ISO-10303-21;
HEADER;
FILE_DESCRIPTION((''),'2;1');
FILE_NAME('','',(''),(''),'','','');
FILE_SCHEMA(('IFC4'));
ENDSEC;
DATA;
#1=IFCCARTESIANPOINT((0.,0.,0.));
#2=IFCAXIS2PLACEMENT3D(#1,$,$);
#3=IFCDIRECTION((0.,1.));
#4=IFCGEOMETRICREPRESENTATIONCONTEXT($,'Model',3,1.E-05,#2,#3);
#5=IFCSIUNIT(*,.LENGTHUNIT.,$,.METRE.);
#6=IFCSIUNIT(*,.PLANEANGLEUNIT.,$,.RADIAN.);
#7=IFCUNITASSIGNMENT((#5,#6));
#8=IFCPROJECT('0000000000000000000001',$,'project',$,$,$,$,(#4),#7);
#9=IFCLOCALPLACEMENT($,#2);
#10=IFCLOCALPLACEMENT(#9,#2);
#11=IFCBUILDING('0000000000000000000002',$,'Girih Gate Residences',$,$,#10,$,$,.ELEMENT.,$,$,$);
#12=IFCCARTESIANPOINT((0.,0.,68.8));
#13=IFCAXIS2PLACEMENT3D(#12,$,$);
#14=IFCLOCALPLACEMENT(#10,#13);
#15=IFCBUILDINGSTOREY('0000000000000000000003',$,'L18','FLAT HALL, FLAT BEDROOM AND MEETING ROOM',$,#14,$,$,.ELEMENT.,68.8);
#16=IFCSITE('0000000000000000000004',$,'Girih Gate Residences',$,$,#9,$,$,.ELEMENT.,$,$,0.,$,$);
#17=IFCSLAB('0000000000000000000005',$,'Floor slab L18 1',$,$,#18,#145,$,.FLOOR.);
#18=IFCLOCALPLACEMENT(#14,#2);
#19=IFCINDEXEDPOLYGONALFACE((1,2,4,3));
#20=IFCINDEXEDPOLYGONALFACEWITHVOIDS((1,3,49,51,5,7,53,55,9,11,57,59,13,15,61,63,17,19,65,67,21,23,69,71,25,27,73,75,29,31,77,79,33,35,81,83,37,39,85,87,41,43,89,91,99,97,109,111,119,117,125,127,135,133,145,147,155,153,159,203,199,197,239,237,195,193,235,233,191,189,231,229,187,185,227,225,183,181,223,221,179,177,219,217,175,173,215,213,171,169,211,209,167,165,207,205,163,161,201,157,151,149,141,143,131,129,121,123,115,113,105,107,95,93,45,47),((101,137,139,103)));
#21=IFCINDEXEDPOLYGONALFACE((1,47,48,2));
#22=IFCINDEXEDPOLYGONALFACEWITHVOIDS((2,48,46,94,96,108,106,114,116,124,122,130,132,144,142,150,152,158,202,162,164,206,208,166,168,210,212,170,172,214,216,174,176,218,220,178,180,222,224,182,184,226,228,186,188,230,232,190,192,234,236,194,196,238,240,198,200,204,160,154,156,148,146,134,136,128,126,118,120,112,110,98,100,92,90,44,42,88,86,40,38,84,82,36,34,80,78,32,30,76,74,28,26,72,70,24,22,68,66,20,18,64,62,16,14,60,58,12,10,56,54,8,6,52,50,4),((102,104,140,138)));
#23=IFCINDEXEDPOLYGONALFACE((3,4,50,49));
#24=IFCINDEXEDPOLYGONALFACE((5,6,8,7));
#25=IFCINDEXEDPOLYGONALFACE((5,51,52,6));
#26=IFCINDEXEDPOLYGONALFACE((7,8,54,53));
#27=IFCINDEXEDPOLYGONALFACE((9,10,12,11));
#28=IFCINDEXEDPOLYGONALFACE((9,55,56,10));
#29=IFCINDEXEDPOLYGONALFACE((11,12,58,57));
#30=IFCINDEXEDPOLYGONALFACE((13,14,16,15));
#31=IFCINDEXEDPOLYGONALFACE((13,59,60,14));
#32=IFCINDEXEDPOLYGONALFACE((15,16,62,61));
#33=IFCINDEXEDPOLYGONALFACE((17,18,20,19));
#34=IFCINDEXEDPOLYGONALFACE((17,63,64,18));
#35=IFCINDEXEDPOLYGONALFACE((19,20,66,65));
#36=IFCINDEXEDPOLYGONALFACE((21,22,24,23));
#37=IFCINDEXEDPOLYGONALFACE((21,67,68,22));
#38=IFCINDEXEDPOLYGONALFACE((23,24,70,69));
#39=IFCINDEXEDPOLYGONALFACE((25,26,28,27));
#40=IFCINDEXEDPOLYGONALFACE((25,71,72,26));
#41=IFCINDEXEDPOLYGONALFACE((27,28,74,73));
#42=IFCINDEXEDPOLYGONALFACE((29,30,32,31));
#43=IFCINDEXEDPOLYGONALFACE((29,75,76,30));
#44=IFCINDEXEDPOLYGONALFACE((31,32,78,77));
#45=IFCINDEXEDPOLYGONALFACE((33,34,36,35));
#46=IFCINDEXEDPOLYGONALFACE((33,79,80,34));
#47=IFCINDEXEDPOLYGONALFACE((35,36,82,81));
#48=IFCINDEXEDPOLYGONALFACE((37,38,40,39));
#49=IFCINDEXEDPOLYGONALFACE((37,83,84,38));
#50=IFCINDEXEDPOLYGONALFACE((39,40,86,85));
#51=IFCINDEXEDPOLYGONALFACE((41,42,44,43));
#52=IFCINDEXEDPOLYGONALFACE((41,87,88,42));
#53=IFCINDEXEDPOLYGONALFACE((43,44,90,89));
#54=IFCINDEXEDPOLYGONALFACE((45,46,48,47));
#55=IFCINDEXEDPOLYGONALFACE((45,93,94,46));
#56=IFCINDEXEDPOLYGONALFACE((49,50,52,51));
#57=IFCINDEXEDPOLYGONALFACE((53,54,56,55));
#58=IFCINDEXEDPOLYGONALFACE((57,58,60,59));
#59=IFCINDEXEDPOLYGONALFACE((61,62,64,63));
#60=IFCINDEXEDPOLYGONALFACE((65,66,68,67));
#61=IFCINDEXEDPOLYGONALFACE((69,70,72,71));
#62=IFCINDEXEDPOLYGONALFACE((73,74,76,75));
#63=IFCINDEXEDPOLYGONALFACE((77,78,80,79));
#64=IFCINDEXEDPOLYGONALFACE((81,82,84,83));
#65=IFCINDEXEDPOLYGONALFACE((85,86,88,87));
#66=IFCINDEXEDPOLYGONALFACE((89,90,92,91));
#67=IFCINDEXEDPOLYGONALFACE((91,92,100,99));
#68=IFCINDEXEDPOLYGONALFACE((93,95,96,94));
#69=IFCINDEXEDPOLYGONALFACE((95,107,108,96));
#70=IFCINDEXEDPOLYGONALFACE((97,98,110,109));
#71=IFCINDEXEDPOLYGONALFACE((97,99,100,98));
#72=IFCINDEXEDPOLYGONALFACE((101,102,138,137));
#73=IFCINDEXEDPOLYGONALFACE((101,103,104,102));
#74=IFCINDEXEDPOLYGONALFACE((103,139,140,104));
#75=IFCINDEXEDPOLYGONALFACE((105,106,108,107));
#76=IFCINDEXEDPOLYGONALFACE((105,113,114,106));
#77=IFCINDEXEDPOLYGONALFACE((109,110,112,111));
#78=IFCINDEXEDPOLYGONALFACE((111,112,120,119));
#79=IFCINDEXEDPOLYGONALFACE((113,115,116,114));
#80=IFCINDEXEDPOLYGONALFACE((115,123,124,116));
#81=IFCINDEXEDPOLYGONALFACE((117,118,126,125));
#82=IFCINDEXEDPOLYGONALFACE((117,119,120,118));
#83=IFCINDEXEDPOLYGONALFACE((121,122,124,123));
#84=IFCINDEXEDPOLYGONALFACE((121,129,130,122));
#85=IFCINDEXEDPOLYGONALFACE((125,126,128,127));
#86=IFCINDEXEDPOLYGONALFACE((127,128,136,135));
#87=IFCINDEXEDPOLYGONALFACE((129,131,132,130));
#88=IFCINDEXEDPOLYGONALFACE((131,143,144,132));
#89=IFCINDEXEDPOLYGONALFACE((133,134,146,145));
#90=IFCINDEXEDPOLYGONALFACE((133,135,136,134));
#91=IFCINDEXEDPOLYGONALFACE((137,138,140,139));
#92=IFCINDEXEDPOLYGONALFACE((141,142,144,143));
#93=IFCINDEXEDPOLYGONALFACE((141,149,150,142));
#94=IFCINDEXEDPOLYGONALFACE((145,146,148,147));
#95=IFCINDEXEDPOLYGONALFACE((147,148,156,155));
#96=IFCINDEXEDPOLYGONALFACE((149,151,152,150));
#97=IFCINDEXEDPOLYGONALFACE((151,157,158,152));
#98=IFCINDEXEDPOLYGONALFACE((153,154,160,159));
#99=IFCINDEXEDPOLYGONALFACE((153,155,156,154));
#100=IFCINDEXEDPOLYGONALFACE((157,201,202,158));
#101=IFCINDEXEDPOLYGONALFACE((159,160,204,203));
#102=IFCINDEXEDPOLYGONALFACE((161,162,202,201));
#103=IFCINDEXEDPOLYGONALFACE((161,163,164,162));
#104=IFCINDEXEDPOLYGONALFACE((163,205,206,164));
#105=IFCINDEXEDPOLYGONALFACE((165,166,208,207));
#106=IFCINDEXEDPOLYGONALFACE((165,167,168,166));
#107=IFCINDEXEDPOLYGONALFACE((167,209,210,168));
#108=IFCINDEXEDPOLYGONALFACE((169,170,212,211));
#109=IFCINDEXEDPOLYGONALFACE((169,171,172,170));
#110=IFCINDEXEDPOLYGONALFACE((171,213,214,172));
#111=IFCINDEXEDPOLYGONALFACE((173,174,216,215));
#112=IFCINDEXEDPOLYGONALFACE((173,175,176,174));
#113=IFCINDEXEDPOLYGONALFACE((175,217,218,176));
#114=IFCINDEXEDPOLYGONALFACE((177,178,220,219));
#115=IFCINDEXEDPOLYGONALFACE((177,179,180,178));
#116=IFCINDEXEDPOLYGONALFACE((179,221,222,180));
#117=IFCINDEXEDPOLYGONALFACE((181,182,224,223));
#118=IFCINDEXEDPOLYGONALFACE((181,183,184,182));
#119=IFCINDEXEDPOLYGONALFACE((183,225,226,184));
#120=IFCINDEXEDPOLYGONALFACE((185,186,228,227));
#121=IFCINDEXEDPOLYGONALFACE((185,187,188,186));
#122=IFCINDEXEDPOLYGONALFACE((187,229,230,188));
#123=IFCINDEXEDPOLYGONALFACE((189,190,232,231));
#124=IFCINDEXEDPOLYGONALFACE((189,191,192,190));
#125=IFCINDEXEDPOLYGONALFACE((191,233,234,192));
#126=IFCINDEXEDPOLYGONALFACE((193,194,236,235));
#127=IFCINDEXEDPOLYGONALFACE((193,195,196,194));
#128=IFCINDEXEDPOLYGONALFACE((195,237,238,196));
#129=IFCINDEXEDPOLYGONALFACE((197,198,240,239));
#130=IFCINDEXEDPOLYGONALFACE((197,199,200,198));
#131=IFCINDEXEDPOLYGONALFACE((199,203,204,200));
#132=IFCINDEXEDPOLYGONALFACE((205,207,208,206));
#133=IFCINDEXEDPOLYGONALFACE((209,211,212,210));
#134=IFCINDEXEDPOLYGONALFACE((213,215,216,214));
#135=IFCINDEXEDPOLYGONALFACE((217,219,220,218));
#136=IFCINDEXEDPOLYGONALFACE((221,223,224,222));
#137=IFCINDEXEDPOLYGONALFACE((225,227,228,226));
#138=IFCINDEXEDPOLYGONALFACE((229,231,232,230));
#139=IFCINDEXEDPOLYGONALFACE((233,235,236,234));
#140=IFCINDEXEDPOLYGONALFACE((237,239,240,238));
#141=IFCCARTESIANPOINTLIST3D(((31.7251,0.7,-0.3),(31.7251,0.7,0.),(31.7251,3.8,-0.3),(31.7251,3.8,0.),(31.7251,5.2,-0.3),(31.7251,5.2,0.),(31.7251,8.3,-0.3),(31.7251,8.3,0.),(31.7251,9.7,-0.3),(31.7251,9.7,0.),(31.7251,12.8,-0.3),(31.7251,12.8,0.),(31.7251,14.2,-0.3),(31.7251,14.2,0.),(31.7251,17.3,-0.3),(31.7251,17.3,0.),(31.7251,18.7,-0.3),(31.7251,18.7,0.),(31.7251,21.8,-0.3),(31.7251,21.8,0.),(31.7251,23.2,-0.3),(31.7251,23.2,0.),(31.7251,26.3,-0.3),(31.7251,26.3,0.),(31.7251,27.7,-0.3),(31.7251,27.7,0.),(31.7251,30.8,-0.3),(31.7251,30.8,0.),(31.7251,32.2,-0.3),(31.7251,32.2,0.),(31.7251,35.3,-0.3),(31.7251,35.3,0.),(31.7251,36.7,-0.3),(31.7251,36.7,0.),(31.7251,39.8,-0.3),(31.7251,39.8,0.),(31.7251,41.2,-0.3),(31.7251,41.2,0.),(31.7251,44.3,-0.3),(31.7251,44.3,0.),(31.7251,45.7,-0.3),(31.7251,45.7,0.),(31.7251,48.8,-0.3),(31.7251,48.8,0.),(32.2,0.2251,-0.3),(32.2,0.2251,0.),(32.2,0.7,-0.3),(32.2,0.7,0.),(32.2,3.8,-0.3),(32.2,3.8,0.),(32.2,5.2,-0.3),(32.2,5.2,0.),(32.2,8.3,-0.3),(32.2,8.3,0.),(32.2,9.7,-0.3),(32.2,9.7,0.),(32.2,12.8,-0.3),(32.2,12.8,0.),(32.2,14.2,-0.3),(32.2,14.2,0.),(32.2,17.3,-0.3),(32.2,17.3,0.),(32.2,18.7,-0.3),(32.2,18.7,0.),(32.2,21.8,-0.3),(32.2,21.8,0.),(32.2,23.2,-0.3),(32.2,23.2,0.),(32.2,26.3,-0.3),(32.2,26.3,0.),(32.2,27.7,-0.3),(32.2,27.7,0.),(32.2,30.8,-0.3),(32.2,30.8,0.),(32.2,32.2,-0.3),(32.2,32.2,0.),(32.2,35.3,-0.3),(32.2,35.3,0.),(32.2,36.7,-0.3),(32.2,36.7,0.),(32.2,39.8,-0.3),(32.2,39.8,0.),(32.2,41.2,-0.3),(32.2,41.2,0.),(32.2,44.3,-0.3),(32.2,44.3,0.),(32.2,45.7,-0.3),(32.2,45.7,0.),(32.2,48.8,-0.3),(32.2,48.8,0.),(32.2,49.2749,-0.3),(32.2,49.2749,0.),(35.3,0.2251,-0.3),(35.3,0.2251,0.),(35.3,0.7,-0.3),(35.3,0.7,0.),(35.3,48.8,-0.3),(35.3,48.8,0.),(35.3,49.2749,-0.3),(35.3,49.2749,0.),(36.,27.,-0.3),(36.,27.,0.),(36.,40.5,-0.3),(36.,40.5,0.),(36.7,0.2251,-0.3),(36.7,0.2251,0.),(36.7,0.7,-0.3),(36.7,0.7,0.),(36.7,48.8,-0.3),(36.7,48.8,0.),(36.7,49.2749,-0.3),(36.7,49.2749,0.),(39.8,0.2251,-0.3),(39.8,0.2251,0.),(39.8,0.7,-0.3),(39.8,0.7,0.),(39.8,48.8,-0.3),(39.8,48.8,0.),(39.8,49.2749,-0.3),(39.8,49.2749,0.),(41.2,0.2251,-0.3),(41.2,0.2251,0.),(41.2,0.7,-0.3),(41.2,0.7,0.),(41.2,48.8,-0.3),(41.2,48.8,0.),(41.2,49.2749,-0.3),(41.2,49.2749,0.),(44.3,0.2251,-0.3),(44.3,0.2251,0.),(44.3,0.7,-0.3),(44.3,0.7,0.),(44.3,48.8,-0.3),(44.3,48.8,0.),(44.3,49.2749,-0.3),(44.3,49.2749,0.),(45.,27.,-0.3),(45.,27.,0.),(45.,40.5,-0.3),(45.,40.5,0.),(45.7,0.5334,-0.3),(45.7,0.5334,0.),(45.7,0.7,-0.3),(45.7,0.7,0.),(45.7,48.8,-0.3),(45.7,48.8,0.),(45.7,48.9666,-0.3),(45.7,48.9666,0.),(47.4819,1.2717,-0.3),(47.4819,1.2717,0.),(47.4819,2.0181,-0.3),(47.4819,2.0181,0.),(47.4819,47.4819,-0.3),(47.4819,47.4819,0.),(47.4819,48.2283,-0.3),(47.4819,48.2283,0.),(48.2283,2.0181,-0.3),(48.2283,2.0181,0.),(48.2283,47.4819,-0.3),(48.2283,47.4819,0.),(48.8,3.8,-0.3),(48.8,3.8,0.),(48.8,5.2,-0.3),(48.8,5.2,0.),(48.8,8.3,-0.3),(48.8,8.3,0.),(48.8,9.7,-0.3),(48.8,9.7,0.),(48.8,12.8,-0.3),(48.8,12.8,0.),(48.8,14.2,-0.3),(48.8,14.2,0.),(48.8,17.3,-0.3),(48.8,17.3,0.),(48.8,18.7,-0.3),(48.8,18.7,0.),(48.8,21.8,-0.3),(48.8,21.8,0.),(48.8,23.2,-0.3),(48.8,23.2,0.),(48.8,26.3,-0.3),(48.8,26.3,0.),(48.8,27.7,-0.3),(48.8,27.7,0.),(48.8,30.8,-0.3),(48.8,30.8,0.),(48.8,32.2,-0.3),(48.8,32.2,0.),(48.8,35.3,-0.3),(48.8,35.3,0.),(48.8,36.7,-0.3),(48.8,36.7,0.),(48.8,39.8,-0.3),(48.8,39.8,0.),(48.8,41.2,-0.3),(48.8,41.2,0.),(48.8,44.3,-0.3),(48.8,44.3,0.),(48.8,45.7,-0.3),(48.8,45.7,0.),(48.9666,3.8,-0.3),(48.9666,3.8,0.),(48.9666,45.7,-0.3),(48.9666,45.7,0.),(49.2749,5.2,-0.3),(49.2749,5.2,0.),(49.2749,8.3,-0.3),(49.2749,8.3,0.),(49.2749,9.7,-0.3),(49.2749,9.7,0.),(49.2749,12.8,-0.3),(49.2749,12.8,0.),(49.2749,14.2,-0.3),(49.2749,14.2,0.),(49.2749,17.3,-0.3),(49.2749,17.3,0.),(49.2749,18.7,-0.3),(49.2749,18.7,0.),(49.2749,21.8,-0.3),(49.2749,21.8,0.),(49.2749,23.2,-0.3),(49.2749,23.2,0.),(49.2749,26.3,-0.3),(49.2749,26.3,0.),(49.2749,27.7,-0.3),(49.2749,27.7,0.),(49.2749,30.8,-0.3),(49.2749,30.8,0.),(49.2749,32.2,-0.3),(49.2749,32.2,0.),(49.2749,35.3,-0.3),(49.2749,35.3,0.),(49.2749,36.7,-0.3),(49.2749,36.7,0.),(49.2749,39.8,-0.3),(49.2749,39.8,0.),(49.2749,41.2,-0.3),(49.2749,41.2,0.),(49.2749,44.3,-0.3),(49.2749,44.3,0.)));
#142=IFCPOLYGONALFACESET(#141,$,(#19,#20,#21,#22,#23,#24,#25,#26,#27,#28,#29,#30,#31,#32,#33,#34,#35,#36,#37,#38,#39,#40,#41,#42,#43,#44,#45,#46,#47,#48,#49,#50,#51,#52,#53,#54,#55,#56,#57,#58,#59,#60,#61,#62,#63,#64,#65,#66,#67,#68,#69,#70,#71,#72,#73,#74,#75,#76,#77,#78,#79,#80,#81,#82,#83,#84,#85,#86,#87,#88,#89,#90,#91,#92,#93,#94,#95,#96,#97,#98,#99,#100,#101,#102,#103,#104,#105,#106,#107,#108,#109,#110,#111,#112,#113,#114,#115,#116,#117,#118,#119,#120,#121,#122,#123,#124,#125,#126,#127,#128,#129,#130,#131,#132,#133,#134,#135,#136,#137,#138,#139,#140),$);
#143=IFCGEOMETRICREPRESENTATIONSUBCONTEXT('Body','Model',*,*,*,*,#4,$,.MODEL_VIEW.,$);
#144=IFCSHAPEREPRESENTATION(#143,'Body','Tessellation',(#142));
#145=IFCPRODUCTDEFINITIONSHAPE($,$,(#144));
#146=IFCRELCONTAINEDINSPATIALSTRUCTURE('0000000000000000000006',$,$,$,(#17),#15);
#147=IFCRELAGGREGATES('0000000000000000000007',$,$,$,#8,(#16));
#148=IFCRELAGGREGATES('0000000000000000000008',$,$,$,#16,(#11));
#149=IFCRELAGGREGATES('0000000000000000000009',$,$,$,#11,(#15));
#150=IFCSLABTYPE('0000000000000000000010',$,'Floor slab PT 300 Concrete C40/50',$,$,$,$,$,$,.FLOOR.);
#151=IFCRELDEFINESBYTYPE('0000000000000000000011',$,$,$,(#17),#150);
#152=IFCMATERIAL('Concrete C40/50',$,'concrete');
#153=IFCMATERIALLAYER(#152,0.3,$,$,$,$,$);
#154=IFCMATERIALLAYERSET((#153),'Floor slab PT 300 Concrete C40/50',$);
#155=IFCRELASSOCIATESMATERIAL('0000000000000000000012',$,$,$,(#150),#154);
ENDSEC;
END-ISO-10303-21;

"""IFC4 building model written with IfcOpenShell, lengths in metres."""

from ifc_helpers import new_model, si_unit, direction, frame, origin, place, context, subcontext, project, spatial, polyline, outline, extrude, material, layer, layer_set, type_object, element, save


model = new_model("IFC4")

# Units and contexts
model_context = context("Model", 3, precision=1e-05, world=origin(), true_north=direction((0.0, 1.0)))
body_context = subcontext(model_context, "Body", "Model", "MODEL_VIEW")
ifc_project = project(units=[si_unit("LENGTHUNIT", "METRE"), si_unit("PLANEANGLEUNIT", "RADIAN")], contexts=[model_context])

# Site, building, storey
site_placement = place(None, origin())
site = spatial("IfcSite", under=ifc_project, at=site_placement, Name="Girih Gate Residences", CompositionType="ELEMENT", RefElevation=0.0)
building_placement = place(site_placement, origin())
building = spatial("IfcBuilding", under=site, at=building_placement, Name="Girih Gate Residences", CompositionType="ELEMENT")
storey_placement = place(building_placement, frame((0.0, 0.0, 68.8)))
storey = spatial("IfcBuildingStorey", under=building, at=storey_placement, Name="L18", Description="FLAT HALL, FLAT BEDROOM AND MEETING ROOM", CompositionType="ELEMENT", Elevation=68.8)

# Slab
ifc_material_1 = material(Name="Concrete C40/50", Category="concrete")
ifc_layer_1 = layer(ifc_material_1, 0.3)
ifc_layer_set_1 = layer_set([ifc_layer_1], Name="Floor slab PT 300 Concrete C40/50")
slab_type_1 = type_object("IfcSlabType", Name="Floor slab PT 300 Concrete C40/50", PredefinedType="FLOOR", material=ifc_layer_set_1)
slab_1_placement = place(storey_placement, frame((0.0, 0.0, -0.3)))
element("IfcSlab", 1, at=slab_1_placement, inside=storey, type_object=slab_type_1, Name="Floor slab L18 1", PredefinedType="FLOOR", context=body_context, shape_type="SweptSolid", body=[
    extrude(outline(polyline([(35.3, 49.2749), (32.2, 49.2749), (32.2, 48.8), (31.7251, 48.8), (31.7251, 45.7), (32.2, 45.7), (32.2, 44.3), (31.7251, 44.3), (31.7251, 41.2), (32.2, 41.2), (32.2, 39.8), (31.7251, 39.8), (31.7251, 36.7), (32.2, 36.7), (32.2, 35.3), (31.7251, 35.3), (31.7251, 32.2), (32.2, 32.2), (32.2, 30.8), (31.7251, 30.8), (31.7251, 27.7), (32.2, 27.7), (32.2, 26.3), (31.7251, 26.3), (31.7251, 23.2), (32.2, 23.2), (32.2, 21.8), (31.7251, 21.8), (31.7251, 18.7), (32.2, 18.7), (32.2, 17.3), (31.7251, 17.3), (31.7251, 14.2), (32.2, 14.2), (32.2, 12.8), (31.7251, 12.8), (31.7251, 9.7), (32.2, 9.7), (32.2, 8.3), (31.7251, 8.3), (31.7251, 5.2), (32.2, 5.2), (32.2, 3.8), (31.7251, 3.8), (31.7251, 0.7), (32.2, 0.7), (32.2, 0.2251), (35.3, 0.2251), (35.3, 0.7), (36.7, 0.7), (36.7, 0.2251), (39.8, 0.2251), (39.8, 0.7), (41.2, 0.7), (41.2, 0.2251), (44.3, 0.2251), (44.3, 0.7), (45.7, 0.7), (45.7, 0.5334), (47.4819, 1.2717), (47.4819, 2.0181), (48.2283, 2.0181), (48.9666, 3.8), (48.8, 3.8), (48.8, 5.2), (49.2749, 5.2), (49.2749, 8.3), (48.8, 8.3), (48.8, 9.7), (49.2749, 9.7), (49.2749, 12.8), (48.8, 12.8), (48.8, 14.2), (49.2749, 14.2), (49.2749, 17.3), (48.8, 17.3), (48.8, 18.7), (49.2749, 18.7), (49.2749, 21.8), (48.8, 21.8), (48.8, 23.2), (49.2749, 23.2), (49.2749, 26.3), (48.8, 26.3), (48.8, 27.7), (49.2749, 27.7), (49.2749, 30.8), (48.8, 30.8), (48.8, 32.2), (49.2749, 32.2), (49.2749, 35.3), (48.8, 35.3), (48.8, 36.7), (49.2749, 36.7), (49.2749, 39.8), (48.8, 39.8), (48.8, 41.2), (49.2749, 41.2), (49.2749, 44.3), (48.8, 44.3), (48.8, 45.7), (48.9666, 45.7), (48.2283, 47.4819), (47.4819, 47.4819), (47.4819, 48.2283), (45.7, 48.9666), (45.7, 48.8), (44.3, 48.8), (44.3, 49.2749), (41.2, 49.2749), (41.2, 48.8), (39.8, 48.8), (39.8, 49.2749), (36.7, 49.2749), (36.7, 48.8), (35.3, 48.8), (35.3, 49.2749)]), holes=[polyline([(45.0, 40.5), (45.0, 27.0), (36.0, 27.0), (36.0, 40.5), (45.0, 40.5)])]), origin(), (0.0, 0.0, 1.0), 0.3),
])

save(model, "model.ifc")
